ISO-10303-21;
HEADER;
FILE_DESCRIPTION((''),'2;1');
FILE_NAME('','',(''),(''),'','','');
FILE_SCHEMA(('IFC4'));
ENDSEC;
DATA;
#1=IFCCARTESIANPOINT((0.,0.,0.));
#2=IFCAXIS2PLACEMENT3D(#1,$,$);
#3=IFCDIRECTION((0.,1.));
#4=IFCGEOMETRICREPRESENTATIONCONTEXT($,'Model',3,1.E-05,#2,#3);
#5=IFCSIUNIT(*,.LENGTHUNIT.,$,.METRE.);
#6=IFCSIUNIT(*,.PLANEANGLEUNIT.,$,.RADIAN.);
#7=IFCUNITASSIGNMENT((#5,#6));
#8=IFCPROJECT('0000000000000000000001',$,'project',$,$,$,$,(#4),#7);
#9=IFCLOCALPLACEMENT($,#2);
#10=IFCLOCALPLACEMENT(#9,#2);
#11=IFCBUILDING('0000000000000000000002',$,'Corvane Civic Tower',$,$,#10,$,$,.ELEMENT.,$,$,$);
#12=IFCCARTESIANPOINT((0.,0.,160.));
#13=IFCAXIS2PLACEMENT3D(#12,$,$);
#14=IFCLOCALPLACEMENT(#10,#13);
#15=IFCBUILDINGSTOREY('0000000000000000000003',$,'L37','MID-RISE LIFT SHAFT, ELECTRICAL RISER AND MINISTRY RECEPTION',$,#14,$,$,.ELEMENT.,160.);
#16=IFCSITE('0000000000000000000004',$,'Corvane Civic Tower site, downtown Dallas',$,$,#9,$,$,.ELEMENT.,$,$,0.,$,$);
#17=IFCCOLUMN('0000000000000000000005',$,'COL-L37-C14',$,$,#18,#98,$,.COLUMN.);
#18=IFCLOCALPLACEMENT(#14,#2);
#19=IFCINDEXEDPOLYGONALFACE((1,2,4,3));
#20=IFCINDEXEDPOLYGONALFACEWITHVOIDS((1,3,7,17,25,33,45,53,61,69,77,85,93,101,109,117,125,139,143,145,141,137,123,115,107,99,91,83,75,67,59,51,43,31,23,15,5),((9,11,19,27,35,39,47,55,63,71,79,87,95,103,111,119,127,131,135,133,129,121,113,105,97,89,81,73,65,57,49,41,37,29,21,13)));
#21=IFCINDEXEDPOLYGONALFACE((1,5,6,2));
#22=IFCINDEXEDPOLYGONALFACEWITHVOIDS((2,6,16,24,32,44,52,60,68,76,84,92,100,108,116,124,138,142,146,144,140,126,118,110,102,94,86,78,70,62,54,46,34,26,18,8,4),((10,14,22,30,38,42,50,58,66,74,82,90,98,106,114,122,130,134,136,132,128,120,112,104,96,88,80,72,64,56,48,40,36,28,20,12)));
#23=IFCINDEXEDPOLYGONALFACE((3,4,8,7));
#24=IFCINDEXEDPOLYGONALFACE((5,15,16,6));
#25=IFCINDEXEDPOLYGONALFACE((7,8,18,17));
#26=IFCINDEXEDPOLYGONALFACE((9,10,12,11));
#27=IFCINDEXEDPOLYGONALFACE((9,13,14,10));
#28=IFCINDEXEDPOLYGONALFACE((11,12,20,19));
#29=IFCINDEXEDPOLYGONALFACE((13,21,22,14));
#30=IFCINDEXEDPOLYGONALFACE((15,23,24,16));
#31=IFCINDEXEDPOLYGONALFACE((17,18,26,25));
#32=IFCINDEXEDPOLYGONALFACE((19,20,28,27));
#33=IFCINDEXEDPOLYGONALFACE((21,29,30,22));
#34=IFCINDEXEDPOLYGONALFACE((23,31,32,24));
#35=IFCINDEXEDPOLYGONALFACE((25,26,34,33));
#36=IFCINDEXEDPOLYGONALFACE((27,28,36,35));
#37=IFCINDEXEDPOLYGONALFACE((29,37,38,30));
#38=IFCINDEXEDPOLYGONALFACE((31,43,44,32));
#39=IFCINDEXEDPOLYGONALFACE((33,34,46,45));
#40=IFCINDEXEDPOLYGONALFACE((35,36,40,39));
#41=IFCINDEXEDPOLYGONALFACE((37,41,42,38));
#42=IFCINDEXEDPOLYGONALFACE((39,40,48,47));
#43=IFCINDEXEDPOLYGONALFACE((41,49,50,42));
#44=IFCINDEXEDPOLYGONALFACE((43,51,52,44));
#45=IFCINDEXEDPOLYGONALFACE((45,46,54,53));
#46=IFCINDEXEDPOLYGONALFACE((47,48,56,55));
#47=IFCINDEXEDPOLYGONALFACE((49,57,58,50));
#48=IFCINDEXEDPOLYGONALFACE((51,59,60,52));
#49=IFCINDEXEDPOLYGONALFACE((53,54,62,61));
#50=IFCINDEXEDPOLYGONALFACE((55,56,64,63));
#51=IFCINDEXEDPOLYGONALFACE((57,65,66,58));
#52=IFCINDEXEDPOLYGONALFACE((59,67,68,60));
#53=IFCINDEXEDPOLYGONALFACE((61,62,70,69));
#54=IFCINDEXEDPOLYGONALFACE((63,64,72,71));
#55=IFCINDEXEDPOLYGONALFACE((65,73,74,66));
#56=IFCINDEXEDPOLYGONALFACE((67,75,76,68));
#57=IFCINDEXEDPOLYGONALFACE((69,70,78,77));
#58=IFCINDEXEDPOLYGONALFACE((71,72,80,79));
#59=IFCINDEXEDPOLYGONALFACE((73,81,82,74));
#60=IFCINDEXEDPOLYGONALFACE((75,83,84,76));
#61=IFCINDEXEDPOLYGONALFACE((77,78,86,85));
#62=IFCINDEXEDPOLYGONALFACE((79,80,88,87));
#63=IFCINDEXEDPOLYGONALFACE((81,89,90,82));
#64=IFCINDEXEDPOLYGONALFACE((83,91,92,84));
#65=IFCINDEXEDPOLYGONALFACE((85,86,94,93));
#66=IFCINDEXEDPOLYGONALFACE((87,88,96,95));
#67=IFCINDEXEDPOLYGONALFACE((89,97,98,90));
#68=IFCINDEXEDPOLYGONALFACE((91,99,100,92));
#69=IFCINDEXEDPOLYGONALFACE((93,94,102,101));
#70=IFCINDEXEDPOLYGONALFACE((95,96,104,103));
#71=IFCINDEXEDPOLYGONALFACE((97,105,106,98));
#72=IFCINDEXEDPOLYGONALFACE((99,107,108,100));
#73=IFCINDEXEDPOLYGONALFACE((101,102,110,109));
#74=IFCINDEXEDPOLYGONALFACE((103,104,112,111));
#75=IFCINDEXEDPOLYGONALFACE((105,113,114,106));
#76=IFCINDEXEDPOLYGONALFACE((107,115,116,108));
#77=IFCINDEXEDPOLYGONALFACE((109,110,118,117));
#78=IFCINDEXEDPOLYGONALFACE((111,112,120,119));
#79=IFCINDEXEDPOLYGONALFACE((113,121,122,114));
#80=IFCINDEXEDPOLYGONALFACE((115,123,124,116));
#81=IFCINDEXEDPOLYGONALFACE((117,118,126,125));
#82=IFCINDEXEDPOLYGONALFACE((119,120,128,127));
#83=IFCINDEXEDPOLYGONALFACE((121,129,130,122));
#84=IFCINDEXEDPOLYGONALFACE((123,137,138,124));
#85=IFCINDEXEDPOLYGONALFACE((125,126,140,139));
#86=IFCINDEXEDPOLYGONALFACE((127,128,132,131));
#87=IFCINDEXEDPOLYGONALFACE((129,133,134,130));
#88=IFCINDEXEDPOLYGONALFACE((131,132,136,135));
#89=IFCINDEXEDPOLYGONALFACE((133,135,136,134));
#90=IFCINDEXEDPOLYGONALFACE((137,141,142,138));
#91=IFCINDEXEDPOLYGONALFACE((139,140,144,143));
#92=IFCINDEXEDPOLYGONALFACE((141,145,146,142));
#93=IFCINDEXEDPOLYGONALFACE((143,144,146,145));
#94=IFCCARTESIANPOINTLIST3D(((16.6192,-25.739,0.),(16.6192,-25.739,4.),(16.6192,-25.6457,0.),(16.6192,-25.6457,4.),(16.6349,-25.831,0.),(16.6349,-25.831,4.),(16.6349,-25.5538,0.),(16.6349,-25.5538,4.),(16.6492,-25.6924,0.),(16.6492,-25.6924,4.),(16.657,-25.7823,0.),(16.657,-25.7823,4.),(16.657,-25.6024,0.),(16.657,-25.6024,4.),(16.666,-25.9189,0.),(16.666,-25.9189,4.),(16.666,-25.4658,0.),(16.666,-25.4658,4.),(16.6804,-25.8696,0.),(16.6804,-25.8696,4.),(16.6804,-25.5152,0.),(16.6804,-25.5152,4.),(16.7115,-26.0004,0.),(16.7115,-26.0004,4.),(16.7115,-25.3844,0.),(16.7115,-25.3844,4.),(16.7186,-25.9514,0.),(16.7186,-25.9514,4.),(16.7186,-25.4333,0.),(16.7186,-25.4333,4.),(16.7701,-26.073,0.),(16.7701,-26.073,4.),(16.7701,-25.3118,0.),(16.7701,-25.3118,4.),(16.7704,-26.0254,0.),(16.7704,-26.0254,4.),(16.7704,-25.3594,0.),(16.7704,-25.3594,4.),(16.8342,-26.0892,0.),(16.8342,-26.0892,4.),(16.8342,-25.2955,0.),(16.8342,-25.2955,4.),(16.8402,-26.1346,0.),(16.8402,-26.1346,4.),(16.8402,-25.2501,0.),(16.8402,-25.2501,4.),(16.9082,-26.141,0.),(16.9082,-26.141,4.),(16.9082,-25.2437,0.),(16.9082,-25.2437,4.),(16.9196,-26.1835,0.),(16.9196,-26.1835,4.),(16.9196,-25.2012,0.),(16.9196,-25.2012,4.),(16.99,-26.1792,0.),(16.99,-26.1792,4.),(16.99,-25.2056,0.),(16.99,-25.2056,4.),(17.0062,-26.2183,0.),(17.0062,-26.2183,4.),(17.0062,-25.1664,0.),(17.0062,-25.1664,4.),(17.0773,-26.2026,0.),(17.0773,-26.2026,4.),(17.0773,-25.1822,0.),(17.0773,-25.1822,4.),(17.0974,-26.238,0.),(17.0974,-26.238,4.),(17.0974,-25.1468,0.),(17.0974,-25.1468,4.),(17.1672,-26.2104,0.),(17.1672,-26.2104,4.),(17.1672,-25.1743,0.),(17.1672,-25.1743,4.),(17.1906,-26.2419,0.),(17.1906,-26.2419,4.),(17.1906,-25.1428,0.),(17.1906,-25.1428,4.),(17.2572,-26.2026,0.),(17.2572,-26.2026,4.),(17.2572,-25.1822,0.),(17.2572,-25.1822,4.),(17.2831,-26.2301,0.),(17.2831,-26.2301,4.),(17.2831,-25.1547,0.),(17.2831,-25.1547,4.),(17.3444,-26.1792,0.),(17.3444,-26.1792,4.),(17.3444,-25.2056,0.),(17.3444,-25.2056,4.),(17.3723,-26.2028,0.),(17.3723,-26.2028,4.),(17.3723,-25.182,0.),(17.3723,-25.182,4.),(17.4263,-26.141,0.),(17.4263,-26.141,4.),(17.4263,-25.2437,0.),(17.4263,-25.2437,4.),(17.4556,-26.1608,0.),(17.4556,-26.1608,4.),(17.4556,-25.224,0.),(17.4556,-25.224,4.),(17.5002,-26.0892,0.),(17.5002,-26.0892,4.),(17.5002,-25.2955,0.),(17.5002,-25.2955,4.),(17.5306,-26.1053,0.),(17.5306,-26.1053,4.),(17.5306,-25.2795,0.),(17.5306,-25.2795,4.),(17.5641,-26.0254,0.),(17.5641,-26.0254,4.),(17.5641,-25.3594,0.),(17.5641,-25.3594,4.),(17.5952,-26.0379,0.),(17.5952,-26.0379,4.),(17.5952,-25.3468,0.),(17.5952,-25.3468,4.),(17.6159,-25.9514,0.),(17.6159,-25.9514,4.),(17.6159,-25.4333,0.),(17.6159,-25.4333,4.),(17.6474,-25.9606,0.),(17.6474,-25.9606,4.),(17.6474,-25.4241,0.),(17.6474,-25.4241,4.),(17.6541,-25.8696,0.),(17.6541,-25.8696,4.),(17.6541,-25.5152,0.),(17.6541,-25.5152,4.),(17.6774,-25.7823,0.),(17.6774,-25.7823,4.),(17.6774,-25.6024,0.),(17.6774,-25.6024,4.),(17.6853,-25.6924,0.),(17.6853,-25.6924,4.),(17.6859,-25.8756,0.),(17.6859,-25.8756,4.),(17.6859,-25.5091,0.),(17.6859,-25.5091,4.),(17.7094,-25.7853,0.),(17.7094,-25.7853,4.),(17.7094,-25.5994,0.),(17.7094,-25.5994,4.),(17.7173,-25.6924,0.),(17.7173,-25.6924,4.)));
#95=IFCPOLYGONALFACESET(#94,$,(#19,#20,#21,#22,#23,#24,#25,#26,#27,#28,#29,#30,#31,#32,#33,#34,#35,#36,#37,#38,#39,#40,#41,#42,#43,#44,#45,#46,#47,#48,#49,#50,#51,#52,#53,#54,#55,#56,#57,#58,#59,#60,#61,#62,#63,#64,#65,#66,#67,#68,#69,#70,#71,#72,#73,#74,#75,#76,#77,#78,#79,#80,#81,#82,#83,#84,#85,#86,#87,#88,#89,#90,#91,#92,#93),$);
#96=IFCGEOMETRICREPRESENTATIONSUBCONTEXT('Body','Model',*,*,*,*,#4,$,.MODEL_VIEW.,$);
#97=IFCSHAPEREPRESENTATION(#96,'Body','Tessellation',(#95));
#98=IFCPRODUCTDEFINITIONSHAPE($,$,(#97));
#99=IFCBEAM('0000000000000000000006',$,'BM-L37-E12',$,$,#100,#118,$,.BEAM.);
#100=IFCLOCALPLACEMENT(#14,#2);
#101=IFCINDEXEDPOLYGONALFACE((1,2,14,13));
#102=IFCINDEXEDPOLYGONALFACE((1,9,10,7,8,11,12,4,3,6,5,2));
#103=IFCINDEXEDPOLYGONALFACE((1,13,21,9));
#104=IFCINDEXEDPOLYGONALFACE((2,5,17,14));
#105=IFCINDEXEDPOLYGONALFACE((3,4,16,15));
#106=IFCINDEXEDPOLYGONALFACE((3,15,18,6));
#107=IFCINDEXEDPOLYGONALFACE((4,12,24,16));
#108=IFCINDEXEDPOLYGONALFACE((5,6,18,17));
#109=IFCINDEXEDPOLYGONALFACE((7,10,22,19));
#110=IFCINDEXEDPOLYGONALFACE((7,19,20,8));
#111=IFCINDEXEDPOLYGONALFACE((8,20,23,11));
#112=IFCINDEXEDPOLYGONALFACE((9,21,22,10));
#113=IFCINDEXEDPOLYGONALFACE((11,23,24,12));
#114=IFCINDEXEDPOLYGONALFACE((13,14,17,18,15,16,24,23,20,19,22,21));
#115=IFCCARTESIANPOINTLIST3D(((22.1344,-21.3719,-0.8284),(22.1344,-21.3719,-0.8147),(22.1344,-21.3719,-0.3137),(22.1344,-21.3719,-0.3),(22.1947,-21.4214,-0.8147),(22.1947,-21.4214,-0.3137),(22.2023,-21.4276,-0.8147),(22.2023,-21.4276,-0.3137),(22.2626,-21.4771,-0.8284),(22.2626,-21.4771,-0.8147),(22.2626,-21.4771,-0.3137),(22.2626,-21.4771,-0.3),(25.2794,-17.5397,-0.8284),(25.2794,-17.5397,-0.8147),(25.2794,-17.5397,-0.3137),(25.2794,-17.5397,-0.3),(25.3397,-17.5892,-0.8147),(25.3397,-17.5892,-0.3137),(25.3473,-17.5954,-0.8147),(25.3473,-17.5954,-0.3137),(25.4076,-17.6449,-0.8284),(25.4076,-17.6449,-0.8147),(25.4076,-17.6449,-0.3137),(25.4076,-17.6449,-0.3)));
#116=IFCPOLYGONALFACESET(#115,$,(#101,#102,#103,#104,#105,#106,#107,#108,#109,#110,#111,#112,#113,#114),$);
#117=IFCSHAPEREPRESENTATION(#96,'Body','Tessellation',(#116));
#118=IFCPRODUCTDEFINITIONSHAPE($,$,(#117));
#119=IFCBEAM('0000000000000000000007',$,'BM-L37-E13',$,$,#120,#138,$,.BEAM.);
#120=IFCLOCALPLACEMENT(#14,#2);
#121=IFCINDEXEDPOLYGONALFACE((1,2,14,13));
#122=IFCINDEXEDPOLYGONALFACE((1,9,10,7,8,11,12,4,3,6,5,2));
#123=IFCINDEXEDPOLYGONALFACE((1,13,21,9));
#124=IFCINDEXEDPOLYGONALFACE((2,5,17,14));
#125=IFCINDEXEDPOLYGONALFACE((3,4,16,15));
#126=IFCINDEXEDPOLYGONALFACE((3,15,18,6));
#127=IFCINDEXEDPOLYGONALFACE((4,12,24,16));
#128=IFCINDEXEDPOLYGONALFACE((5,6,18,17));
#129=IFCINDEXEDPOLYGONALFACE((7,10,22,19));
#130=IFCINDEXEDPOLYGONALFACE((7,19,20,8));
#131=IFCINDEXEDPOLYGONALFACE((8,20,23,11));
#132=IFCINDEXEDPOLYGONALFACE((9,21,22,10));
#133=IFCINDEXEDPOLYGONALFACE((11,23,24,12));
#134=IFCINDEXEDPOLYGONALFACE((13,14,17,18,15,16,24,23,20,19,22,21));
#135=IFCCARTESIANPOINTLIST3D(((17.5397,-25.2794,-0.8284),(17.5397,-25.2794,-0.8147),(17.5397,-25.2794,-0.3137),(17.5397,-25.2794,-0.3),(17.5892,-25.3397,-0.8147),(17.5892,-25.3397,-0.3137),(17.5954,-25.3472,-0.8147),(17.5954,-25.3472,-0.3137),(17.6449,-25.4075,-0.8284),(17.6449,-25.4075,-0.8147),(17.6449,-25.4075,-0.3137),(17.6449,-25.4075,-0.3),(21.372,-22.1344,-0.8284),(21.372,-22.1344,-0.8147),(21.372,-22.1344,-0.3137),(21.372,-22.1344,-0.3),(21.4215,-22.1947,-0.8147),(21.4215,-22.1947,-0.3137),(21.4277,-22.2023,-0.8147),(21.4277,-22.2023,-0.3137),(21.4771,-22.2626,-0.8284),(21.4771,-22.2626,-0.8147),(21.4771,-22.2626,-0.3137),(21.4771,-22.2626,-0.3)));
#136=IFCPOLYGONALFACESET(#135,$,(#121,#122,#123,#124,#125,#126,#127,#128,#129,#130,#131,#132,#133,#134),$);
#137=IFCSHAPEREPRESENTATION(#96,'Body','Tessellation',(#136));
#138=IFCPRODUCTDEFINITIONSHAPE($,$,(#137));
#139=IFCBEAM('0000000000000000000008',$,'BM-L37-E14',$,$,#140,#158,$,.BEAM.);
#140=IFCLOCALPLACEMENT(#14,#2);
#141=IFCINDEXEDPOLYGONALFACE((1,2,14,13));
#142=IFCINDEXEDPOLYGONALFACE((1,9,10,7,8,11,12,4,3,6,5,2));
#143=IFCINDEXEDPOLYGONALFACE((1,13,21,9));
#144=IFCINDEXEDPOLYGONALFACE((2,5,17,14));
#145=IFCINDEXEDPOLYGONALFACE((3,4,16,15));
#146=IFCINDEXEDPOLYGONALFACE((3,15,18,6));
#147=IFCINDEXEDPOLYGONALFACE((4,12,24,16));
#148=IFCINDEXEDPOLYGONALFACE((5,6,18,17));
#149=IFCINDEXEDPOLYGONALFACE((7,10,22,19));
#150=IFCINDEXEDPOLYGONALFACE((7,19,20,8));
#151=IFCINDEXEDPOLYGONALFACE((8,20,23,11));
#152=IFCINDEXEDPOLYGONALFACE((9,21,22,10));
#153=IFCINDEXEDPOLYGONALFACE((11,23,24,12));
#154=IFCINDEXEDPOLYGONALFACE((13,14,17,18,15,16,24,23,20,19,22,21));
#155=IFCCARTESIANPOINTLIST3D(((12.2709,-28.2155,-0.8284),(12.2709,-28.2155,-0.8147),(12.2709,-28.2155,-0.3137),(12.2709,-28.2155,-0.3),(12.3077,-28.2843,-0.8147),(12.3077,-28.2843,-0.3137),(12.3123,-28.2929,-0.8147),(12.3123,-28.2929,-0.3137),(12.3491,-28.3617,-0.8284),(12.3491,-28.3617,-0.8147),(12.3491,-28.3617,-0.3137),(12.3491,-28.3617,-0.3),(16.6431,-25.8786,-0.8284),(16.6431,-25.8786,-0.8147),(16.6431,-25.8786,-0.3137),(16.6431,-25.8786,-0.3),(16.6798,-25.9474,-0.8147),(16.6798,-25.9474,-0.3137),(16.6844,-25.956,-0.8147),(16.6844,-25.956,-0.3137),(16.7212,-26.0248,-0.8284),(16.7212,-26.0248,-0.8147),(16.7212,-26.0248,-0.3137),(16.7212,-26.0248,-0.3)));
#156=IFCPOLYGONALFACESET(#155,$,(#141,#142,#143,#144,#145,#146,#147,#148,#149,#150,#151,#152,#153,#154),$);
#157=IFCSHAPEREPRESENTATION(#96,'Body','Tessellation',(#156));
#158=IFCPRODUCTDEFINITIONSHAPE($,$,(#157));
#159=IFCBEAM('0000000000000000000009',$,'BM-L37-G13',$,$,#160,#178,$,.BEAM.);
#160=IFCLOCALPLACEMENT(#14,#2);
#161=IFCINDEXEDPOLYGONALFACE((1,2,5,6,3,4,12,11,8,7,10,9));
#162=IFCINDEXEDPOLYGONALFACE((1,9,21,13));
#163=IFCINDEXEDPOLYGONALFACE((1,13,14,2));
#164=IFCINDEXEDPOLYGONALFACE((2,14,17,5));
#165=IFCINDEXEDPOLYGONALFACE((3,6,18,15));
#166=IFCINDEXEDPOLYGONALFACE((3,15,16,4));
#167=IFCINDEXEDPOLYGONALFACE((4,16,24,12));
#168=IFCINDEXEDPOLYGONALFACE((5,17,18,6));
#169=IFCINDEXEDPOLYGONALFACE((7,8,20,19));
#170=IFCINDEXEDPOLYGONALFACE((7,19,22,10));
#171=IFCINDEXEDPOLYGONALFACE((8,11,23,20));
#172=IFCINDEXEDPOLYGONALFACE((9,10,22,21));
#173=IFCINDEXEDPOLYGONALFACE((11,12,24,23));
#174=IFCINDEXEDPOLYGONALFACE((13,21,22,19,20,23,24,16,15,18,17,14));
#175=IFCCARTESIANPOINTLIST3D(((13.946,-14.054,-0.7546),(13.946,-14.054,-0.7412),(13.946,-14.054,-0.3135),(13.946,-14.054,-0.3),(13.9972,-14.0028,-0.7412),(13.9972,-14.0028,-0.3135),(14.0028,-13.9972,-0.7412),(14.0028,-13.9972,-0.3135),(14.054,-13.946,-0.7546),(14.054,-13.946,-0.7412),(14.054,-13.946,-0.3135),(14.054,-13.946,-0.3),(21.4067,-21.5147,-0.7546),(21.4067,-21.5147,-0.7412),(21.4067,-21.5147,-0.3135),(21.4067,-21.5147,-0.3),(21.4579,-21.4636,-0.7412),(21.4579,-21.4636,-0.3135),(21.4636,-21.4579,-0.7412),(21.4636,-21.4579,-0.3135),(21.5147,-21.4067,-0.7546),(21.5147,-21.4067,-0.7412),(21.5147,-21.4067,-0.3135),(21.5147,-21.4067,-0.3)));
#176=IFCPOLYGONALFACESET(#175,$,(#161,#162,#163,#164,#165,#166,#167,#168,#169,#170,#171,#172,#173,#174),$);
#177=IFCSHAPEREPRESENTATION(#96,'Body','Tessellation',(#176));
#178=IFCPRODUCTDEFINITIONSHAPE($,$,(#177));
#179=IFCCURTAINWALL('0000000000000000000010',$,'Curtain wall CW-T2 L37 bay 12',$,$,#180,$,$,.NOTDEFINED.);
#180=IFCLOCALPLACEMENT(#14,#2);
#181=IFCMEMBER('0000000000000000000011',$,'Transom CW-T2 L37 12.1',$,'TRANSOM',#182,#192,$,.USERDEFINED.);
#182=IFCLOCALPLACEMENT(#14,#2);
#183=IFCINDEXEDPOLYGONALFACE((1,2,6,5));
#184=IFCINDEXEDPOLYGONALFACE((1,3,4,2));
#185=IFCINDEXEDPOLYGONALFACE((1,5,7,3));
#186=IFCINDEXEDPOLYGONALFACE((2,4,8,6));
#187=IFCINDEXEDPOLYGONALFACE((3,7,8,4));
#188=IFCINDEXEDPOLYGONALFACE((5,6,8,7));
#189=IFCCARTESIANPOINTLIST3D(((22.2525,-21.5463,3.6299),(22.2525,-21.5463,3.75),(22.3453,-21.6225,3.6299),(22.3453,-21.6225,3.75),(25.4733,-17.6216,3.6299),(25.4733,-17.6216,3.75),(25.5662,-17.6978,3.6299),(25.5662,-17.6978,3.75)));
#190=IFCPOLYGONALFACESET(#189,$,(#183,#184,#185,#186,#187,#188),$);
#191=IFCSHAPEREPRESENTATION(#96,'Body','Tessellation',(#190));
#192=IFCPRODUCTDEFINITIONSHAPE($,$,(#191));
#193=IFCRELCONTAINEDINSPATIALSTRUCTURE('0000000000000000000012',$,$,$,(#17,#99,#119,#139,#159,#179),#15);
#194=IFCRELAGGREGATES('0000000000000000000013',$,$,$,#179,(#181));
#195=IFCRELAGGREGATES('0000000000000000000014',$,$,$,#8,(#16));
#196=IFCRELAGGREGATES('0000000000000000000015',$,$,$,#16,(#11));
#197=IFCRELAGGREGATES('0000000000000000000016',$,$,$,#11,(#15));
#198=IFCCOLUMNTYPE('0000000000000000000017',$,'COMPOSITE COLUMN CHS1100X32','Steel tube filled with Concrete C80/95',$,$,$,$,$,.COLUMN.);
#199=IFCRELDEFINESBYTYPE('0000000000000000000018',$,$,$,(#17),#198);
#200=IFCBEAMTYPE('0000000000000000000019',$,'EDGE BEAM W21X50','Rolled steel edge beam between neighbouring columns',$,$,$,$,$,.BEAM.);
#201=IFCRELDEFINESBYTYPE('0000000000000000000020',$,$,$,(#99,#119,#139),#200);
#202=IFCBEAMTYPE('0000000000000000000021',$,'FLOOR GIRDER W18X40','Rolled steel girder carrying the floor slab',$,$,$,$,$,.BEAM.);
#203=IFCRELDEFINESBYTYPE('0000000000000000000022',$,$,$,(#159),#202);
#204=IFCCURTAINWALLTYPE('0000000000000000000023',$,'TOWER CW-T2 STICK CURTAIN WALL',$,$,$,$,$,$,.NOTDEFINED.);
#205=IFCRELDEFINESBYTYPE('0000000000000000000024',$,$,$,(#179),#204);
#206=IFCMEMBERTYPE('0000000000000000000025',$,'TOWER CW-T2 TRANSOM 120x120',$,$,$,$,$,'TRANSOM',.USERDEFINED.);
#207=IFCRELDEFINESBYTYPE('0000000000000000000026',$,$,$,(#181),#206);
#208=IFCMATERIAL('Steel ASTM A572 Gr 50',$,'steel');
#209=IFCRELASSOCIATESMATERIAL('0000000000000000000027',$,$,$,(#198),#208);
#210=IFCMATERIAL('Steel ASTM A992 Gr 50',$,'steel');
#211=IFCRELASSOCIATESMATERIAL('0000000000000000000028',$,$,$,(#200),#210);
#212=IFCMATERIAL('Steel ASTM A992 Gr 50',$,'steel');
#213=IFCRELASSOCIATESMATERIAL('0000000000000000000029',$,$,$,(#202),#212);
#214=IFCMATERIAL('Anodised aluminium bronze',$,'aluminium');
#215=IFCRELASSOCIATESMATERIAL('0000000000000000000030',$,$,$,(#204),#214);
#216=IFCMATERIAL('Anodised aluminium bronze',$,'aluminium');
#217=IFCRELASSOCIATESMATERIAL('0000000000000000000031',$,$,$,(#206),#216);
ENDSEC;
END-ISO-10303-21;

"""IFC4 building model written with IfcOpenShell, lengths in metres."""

from ifc_helpers import new_model, si_unit, direction, frame, origin, origin_2d, place, context, subcontext, project, spatial, rectangle, hollow_circle, i_section, extrude, material, material_profile, profile_set, type_object, element, aggregate, save


model = new_model("IFC4")

# Units and contexts
model_context = context("Model", 3, precision=1e-05, world=origin(), true_north=direction((0.0, 1.0)))
body_context = subcontext(model_context, "Body", "Model", "MODEL_VIEW")
ifc_project = project(units=[si_unit("LENGTHUNIT", "METRE"), si_unit("PLANEANGLEUNIT", "RADIAN")], contexts=[model_context])

# Site, building, storey
site_placement = place(None, origin())
site = spatial("IfcSite", under=ifc_project, at=site_placement, Name="Corvane Civic Tower site, downtown Dallas", CompositionType="ELEMENT", RefElevation=0.0)
building_placement = place(site_placement, origin())
building = spatial("IfcBuilding", under=site, at=building_placement, Name="Corvane Civic Tower", CompositionType="ELEMENT")
storey_placement = place(building_placement, frame((0.0, 0.0, 160.0)))
storey = spatial("IfcBuildingStorey", under=building, at=storey_placement, Name="L37", Description="MID-RISE LIFT SHAFT, ELECTRICAL RISER AND MINISTRY RECEPTION", CompositionType="ELEMENT", Elevation=160.0)

# Column
ifc_material_1 = material(Name="Steel ASTM A572 Gr 50", Category="steel")
ifc_material_profile_1 = material_profile(ifc_material_1, hollow_circle(Radius=0.55, WallThickness=0.032, at=origin_2d()), Name="CHS1100X32")
ifc_profile_set_1 = profile_set([ifc_material_profile_1], Name="Steel ASTM A572 Gr 50")
column_type = type_object("IfcColumnType", Name="COMPOSITE COLUMN CHS1100X32", Description="Steel tube filled with Concrete C80/95", PredefinedType="COLUMN", material=ifc_profile_set_1)
for number, where, z_axis, x_axis, name in (
    (1, (17.1672, -25.6924, 0.0), (0.0, 0.0, 1.0), (1.0, 0.0, 0.0), "COL-L37-C14"),
):
    element("IfcColumn", number, at=place(storey_placement, frame(where, z_axis=z_axis, x_axis=x_axis)), inside=storey, type_object=column_type, Name=name, PredefinedType="COLUMN", context=body_context, shape_type="SweptSolid", body=[
        extrude(hollow_circle(Radius=0.55, WallThickness=0.032, at=origin_2d()), origin(), (0.0, 0.0, 1.0), 4.0),
    ])

# Beams
ifc_material_2 = material(Name="Steel ASTM A992 Gr 50", Category="steel")
ifc_material_profile_2 = material_profile(ifc_material_2, i_section(OverallWidth=0.1658, OverallDepth=0.5283, WebThickness=0.0098, FlangeThickness=0.0137, at=origin_2d()), Name="W21X50")
ifc_profile_set_2 = profile_set([ifc_material_profile_2], Name="Steel ASTM A992 Gr 50")
beam_type_1 = type_object("IfcBeamType", Name="EDGE BEAM W21X50", Description="Rolled steel edge beam between neighbouring columns", PredefinedType="BEAM", material=ifc_profile_set_2)
for number, where, z_axis, x_axis, name in (
    (2, (25.3435, -17.5923, -0.5642), (-0.634388, -0.773015, 0.0), (0.773015, -0.634388, 0.0), "BM-L37-E12"),
    (3, (21.4246, -22.1985, -0.5642), (-0.773015, -0.634388, 0.0), (0.634388, -0.773015, 0.0), "BM-L37-E13"),
    (4, (16.6821, -25.9517, -0.5642), (-0.881922, -0.471396, 0.0), (0.471396, -0.881922, 0.0), "BM-L37-E14"),
):
    element("IfcBeam", number, at=place(storey_placement, frame(where, z_axis=z_axis, x_axis=x_axis)), inside=storey, type_object=beam_type_1, Name=name, PredefinedType="BEAM", context=body_context, shape_type="SweptSolid", body=[
        extrude(i_section(OverallWidth=0.1658, OverallDepth=0.5283, WebThickness=0.0098, FlangeThickness=0.0137, at=origin_2d()), origin(), (0.0, 0.0, 1.0), 4.9575),
    ])
ifc_material_3 = material(Name="Steel ASTM A992 Gr 50", Category="steel")
ifc_material_profile_3 = material_profile(ifc_material_3, i_section(OverallWidth=0.1528, OverallDepth=0.4546, WebThickness=0.0081, FlangeThickness=0.0134, at=origin_2d()), Name="W18X40")
ifc_profile_set_3 = profile_set([ifc_material_profile_3], Name="Steel ASTM A992 Gr 50")
beam_type_2 = type_object("IfcBeamType", Name="FLOOR GIRDER W18X40", Description="Rolled steel girder carrying the floor slab", PredefinedType="BEAM", material=ifc_profile_set_3)
beam_placement = place(storey_placement, frame((14.0, -14.0, -0.5273), z_axis=(0.707107, -0.707107, 0.0), x_axis=(0.707107, 0.707107, 0.0)))
element("IfcBeam", 5, at=beam_placement, inside=storey, type_object=beam_type_2, Name="BM-L37-G13", PredefinedType="BEAM", context=body_context, shape_type="SweptSolid", body=[
    extrude(i_section(OverallWidth=0.1528, OverallDepth=0.4546, WebThickness=0.0081, FlangeThickness=0.0134, at=origin_2d()), origin(), (0.0, 0.0, 1.0), 10.551),
])

# Curtain wall, member
ifc_material_4 = material(Name="Anodised aluminium bronze", Category="aluminium")
curtain_wall_type = type_object("IfcCurtainWallType", Name="TOWER CW-T2 STICK CURTAIN WALL", PredefinedType="NOTDEFINED", material=ifc_material_4)
curtain_wall_1_placement = place(storey_placement, origin())
curtain_wall_1 = element("IfcCurtainWall", 6, at=curtain_wall_1_placement, inside=storey, type_object=curtain_wall_type, Name="Curtain wall CW-T2 L37 bay 12", PredefinedType="NOTDEFINED")
ifc_material_5 = material(Name="Anodised aluminium bronze", Category="aluminium")
ifc_material_profile_4 = material_profile(ifc_material_5, rectangle(XDim=0.1201, YDim=0.1201, at=origin_2d()), Name="TOWER CW-T2 TRANSOM 120x120")
ifc_profile_set_4 = profile_set([ifc_material_profile_4], Name="Anodised aluminium bronze")
member_type = type_object("IfcMemberType", Name="TOWER CW-T2 TRANSOM 120x120", ElementType="TRANSOM", PredefinedType="USERDEFINED", material=ifc_profile_set_4)
member_1_placement = place(storey_placement, frame((25.5198, -17.6597, 3.6899), z_axis=(-0.634387, -0.773016, 0.0), x_axis=(0.773016, -0.634387, 0.0)))
member_1 = element("IfcMember", 7, at=member_1_placement, type_object=member_type, Name="Transom CW-T2 L37 12.1", ObjectType="TRANSOM", PredefinedType="USERDEFINED", context=body_context, shape_type="SweptSolid", body=[
    extrude(rectangle(XDim=0.1201, YDim=0.1201, at=origin_2d()), origin(), (0.0, 0.0, 1.0), 5.0771),
])

aggregate(curtain_wall_1, [member_1])

save(model, "model.ifc")
